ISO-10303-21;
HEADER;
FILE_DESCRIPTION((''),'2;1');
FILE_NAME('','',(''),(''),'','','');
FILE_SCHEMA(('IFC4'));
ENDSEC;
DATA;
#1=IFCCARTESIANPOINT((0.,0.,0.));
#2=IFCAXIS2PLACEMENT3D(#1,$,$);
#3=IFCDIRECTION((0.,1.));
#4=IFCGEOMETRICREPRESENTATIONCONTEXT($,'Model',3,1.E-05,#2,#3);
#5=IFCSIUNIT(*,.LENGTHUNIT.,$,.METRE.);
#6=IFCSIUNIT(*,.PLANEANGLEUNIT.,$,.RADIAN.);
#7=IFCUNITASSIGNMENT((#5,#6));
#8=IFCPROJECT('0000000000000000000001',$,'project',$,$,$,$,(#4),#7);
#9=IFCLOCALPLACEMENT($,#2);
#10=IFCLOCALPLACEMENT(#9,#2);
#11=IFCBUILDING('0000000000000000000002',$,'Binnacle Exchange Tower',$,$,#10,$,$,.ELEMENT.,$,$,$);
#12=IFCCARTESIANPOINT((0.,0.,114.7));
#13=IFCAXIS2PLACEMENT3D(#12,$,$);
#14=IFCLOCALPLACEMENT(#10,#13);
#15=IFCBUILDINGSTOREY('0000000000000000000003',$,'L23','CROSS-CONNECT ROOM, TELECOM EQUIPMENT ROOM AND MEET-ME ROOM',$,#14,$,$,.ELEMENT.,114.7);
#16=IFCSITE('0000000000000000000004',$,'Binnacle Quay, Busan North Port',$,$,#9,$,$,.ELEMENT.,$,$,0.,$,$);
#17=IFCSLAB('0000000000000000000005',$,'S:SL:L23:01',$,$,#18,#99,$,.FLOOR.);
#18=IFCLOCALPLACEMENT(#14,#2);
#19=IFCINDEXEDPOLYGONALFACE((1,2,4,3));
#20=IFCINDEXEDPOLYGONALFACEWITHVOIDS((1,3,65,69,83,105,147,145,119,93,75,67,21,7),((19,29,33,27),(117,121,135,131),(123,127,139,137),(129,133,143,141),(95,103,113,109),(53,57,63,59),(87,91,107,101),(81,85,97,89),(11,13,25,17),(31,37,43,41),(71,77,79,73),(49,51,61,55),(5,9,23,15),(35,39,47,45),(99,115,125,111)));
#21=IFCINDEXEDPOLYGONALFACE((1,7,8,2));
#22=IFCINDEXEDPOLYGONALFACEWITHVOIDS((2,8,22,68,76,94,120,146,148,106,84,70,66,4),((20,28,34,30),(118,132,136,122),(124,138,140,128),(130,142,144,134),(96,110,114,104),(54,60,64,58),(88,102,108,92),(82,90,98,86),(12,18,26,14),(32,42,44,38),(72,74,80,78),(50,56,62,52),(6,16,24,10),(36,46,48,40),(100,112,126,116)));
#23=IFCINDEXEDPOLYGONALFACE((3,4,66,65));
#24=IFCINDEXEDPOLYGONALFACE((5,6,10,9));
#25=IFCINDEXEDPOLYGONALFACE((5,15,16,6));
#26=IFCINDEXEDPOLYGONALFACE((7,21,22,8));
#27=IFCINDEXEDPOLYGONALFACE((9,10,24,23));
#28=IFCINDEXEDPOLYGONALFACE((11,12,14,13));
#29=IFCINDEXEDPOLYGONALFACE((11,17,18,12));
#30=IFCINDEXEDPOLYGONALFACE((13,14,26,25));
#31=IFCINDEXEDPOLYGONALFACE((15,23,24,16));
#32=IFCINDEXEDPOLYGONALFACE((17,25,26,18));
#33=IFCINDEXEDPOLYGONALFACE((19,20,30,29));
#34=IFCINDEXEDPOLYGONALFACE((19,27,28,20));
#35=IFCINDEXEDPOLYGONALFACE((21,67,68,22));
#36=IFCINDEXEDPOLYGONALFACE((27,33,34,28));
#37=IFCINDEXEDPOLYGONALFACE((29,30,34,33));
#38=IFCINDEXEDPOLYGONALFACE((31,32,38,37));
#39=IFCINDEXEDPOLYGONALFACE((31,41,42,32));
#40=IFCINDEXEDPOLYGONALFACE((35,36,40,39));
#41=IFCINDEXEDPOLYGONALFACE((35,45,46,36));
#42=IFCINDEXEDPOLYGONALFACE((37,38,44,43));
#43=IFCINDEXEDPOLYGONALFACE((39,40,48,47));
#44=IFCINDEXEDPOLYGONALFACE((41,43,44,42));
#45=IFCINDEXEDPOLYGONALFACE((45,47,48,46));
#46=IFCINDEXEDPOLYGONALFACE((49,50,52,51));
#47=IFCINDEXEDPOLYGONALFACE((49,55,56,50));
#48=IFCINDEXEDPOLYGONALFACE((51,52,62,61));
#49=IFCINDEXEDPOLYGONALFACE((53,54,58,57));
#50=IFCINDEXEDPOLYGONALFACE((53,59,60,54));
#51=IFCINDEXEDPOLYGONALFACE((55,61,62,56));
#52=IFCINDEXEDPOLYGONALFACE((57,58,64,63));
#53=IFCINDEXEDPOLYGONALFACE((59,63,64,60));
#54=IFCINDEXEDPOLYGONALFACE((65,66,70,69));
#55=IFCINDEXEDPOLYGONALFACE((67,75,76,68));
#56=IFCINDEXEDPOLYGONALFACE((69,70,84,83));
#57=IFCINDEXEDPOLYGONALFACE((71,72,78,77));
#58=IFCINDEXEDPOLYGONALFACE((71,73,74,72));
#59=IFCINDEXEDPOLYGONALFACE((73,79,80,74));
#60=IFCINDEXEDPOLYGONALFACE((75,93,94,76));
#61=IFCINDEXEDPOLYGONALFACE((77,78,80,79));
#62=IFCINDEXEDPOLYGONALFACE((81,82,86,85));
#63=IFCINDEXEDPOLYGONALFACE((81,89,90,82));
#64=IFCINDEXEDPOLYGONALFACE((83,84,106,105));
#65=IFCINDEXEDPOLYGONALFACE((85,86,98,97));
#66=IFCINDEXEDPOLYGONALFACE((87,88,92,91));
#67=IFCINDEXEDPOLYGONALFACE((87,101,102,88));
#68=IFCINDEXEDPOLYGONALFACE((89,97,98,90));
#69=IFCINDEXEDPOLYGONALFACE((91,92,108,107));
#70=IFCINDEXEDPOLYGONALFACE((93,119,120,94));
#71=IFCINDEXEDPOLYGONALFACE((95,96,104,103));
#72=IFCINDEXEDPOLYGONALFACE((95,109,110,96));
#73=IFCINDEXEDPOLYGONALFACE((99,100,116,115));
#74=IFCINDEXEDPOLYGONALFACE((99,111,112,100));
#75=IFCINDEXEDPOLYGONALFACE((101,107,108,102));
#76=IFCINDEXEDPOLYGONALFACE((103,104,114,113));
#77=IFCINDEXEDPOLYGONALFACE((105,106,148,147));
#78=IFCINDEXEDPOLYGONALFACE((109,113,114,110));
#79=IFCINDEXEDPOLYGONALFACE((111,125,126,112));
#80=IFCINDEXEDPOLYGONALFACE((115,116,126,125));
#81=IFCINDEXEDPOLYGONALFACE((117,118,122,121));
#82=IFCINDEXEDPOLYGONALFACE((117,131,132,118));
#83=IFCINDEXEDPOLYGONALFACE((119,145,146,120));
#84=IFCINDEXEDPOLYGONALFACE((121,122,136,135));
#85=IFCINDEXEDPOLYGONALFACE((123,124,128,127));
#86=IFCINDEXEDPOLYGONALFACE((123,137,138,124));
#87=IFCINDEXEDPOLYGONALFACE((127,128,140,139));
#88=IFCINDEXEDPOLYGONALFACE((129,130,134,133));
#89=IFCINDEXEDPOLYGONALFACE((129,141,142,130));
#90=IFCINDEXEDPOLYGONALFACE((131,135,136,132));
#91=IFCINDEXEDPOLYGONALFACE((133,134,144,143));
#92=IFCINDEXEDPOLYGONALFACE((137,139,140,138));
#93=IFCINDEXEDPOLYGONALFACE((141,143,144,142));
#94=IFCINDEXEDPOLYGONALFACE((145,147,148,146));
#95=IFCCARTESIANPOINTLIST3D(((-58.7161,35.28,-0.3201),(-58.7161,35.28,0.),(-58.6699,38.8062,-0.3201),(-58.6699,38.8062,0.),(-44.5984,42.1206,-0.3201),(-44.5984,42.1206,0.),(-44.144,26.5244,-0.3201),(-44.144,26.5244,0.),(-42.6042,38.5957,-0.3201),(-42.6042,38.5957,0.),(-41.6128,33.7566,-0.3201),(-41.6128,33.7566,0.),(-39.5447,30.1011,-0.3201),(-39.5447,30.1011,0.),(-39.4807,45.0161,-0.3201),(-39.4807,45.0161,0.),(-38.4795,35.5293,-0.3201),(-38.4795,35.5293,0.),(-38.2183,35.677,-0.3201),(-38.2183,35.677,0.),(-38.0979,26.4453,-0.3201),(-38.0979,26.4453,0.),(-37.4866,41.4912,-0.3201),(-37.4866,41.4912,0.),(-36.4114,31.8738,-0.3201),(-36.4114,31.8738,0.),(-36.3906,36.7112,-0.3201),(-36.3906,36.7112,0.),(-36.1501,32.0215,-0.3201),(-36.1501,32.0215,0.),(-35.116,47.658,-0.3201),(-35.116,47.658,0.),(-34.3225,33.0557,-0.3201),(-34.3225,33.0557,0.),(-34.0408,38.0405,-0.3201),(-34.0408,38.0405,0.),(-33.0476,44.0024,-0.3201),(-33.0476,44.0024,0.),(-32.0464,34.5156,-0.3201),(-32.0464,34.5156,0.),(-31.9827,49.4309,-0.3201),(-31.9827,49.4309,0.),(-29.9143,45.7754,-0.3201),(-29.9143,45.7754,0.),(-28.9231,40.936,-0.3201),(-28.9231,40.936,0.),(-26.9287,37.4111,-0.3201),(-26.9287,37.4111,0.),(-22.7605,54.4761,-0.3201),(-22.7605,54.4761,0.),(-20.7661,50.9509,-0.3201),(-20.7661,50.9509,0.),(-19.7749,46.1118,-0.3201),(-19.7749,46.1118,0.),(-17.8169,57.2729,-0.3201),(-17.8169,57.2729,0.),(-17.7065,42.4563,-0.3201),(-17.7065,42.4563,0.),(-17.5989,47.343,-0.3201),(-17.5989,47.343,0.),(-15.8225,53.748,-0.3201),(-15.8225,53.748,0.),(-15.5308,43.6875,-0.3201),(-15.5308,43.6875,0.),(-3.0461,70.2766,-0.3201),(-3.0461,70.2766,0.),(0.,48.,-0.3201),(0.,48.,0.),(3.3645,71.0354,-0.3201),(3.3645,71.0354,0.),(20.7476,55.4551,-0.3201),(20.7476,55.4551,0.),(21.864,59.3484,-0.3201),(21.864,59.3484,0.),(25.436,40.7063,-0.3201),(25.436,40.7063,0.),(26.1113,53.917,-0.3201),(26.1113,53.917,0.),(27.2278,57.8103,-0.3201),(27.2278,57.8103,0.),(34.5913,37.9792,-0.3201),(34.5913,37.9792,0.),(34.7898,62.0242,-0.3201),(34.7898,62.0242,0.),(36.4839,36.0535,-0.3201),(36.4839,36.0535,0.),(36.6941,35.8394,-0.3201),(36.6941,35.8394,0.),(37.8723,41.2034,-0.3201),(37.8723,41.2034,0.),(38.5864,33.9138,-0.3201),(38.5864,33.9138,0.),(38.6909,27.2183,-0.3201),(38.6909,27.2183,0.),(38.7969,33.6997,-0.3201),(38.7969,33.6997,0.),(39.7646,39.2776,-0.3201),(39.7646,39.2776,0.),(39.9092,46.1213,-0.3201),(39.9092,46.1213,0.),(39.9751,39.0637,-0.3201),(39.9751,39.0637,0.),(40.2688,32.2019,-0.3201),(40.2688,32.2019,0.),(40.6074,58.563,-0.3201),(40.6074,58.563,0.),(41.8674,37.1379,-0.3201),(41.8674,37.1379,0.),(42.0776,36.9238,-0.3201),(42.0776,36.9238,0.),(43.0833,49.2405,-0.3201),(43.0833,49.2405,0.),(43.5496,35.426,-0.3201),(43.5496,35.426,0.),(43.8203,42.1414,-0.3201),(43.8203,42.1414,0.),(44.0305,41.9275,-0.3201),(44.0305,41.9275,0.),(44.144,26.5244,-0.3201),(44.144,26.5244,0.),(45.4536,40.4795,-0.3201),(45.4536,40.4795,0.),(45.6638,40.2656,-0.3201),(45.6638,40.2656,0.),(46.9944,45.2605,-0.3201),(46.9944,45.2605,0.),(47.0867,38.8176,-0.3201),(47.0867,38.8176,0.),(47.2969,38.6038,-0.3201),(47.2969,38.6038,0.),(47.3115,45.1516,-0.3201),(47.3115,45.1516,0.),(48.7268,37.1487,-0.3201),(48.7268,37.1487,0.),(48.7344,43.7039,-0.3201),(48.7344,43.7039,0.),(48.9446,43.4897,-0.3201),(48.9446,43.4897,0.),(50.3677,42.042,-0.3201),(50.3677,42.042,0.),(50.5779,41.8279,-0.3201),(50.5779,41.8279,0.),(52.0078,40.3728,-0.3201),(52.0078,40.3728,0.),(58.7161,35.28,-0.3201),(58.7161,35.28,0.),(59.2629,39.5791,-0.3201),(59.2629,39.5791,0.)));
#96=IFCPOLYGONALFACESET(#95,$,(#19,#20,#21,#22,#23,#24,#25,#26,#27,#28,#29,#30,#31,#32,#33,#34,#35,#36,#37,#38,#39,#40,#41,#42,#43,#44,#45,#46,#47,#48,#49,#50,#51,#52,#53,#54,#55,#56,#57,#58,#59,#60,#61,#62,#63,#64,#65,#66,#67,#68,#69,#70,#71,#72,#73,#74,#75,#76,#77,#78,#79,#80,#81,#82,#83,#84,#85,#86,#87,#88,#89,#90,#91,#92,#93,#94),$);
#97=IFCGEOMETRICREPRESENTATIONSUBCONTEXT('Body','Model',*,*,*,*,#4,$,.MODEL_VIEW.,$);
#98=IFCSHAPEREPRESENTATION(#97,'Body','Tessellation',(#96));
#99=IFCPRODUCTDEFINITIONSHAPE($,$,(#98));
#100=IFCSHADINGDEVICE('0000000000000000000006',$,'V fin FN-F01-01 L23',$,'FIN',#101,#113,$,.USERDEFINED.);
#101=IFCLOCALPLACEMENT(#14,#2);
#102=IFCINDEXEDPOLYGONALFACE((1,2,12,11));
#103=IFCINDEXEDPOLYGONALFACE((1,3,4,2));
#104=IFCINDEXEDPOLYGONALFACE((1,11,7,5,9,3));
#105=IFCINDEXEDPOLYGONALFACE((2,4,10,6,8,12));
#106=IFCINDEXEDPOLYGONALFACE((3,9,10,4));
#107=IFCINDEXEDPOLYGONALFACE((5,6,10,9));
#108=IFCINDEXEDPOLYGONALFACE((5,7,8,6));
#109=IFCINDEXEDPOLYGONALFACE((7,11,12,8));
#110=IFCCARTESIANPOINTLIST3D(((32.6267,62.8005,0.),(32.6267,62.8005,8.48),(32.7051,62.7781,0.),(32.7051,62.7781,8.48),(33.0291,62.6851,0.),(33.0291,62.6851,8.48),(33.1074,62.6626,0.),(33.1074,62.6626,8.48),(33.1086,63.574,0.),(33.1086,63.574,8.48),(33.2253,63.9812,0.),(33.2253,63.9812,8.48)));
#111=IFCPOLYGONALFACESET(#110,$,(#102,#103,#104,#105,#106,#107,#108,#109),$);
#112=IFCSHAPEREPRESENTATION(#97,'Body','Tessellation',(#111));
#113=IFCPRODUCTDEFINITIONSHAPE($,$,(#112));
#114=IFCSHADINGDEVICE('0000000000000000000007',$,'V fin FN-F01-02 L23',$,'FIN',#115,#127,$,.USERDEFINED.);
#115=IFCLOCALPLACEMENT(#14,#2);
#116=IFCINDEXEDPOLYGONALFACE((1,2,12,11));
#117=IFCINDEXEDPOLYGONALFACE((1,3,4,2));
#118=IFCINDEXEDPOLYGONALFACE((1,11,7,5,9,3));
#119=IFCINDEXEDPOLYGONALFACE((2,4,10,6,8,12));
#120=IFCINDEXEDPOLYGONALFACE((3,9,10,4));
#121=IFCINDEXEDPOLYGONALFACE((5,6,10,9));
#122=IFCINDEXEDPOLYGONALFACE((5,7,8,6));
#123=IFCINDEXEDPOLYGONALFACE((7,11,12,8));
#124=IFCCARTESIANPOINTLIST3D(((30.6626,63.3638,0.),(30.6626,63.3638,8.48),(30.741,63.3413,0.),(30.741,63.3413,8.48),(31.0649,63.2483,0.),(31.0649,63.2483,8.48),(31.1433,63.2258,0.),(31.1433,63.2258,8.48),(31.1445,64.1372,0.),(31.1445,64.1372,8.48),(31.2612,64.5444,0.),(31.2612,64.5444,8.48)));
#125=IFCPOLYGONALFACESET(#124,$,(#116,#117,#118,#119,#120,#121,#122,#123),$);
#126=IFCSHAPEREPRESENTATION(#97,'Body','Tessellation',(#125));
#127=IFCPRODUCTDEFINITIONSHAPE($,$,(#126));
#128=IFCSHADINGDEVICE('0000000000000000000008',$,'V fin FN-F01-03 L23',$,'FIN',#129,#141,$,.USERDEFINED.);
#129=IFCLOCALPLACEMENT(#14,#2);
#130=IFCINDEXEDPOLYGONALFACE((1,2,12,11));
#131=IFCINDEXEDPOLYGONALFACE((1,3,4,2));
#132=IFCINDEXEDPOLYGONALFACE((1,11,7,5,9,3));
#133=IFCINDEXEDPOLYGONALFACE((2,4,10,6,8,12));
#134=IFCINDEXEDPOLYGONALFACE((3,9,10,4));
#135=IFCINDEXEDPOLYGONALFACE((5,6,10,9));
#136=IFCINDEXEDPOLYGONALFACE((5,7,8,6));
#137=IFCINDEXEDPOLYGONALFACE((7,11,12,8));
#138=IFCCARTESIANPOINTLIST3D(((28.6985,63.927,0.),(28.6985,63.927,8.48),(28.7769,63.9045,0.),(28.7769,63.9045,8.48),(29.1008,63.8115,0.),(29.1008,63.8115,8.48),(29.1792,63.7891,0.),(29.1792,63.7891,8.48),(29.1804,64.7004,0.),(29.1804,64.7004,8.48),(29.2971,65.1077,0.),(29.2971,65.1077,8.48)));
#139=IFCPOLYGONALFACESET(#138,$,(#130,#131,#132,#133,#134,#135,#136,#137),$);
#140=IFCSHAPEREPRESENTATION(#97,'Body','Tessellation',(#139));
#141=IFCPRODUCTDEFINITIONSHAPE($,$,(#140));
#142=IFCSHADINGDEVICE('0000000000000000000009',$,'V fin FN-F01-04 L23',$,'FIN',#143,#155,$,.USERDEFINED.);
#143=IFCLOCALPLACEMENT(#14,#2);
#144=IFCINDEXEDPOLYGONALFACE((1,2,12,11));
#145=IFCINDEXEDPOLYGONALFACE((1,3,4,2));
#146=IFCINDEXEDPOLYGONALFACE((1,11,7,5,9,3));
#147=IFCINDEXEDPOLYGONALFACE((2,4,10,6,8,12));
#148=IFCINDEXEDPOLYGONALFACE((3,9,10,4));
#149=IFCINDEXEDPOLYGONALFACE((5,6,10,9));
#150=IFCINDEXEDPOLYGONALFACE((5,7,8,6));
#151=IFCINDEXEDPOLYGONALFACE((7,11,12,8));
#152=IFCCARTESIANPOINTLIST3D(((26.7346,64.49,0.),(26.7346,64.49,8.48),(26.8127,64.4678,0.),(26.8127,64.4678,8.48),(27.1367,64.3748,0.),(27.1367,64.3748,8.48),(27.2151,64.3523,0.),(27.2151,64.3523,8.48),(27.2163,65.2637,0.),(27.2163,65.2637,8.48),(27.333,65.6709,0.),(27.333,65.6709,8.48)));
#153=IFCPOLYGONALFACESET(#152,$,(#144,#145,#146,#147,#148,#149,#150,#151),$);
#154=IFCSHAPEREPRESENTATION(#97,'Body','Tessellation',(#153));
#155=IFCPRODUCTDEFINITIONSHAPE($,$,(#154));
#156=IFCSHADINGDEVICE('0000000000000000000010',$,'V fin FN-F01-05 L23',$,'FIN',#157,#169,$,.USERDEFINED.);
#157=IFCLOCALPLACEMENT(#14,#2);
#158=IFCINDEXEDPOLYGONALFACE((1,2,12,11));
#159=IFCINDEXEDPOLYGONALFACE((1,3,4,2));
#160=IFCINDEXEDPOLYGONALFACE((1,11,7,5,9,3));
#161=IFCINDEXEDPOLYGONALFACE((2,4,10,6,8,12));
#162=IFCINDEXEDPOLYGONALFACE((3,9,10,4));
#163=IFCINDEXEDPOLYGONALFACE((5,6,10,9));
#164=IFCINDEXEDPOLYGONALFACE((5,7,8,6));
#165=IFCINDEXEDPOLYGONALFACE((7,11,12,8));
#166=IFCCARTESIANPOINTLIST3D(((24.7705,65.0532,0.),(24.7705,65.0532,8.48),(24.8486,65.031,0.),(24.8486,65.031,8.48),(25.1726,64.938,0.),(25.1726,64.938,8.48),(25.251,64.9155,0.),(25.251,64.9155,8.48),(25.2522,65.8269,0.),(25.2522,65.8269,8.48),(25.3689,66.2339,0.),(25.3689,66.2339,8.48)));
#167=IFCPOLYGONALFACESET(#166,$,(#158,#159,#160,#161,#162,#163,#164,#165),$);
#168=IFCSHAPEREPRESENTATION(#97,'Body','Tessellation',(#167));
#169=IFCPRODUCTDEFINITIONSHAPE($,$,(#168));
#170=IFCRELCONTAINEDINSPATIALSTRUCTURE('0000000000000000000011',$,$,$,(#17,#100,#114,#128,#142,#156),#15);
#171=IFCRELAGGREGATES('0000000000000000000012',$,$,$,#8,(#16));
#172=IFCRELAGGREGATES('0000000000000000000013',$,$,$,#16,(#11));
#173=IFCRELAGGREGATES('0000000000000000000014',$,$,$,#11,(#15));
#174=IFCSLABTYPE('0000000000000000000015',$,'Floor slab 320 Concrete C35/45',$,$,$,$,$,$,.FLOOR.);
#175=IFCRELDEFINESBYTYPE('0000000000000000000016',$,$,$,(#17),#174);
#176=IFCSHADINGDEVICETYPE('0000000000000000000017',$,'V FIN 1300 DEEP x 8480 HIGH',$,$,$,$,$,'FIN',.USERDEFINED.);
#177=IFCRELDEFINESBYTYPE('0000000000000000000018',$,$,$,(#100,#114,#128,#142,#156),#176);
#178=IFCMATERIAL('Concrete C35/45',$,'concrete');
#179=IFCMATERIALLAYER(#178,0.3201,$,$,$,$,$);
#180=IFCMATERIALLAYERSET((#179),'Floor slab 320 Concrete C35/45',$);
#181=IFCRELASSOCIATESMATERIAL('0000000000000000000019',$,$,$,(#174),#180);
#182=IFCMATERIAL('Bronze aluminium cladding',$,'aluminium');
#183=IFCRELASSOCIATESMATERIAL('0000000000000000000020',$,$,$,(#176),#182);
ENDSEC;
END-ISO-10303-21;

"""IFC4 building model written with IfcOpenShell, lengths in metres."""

from ifc_helpers import new_model, si_unit, direction, frame, origin, place, context, subcontext, project, spatial, polyline, outline, extrude, material, layer, layer_set, type_object, element, save


model = new_model("IFC4")

# Units and contexts
model_context = context("Model", 3, precision=1e-05, world=origin(), true_north=direction((0.0, 1.0)))
body_context = subcontext(model_context, "Body", "Model", "MODEL_VIEW")
ifc_project = project(units=[si_unit("LENGTHUNIT", "METRE"), si_unit("PLANEANGLEUNIT", "RADIAN")], contexts=[model_context])

# Site, building, storey
site_placement = place(None, origin())
site = spatial("IfcSite", under=ifc_project, at=site_placement, Name="Binnacle Quay, Busan North Port", CompositionType="ELEMENT", RefElevation=0.0)
building_placement = place(site_placement, origin())
building = spatial("IfcBuilding", under=site, at=building_placement, Name="Binnacle Exchange Tower", CompositionType="ELEMENT")
storey_placement = place(building_placement, frame((0.0, 0.0, 114.7)))
storey = spatial("IfcBuildingStorey", under=building, at=storey_placement, Name="L23", Description="CROSS-CONNECT ROOM, TELECOM EQUIPMENT ROOM AND MEET-ME ROOM", CompositionType="ELEMENT", Elevation=114.7)

# Slab
ifc_material_1 = material(Name="Concrete C35/45", Category="concrete")
ifc_layer = layer(ifc_material_1, 0.3201)
ifc_layer_set = layer_set([ifc_layer], Name="Floor slab 320 Concrete C35/45")
slab_type = type_object("IfcSlabType", Name="Floor slab 320 Concrete C35/45", PredefinedType="FLOOR", material=ifc_layer_set)
slab_placement = place(storey_placement, frame((0.0, 0.0, -0.3201)))
element("IfcSlab", 1, at=slab_placement, inside=storey, type_object=slab_type, Name="S:SL:L23:01", PredefinedType="FLOOR", context=body_context, shape_type="SweptSolid", body=[
    extrude(outline(polyline([(59.2629, 39.5791), (58.7161, 35.28), (44.144, 26.5244), (38.6909, 27.2183), (25.436, 40.7063), (0.0, 48.0), (-38.0979, 26.4453), (-44.144, 26.5244), (-58.7161, 35.28), (-58.6699, 38.8062), (-3.0461, 70.2766), (3.3645, 71.0354), (34.7898, 62.0242), (40.6074, 58.563), (59.2629, 39.5791)]), holes=[polyline([(-38.4795, 35.5293), (-41.6128, 33.7566), (-39.5447, 30.1011), (-36.4114, 31.8738), (-38.4795, 35.5293)]), polyline([(-34.3225, 33.0557), (-36.3906, 36.7112), (-38.2183, 35.677), (-36.1501, 32.0215), (-34.3225, 33.0557)]), polyline([(-34.0408, 38.0405), (-32.0464, 34.5156), (-26.9287, 37.4111), (-28.9231, 40.936), (-34.0408, 38.0405)]), polyline([(-37.4866, 41.4912), (-39.4807, 45.0161), (-44.5984, 42.1206), (-42.6042, 38.5957), (-37.4866, 41.4912)]), polyline([(-15.5308, 43.6875), (-17.5989, 47.343), (-19.7749, 46.1118), (-17.7065, 42.4563), (-15.5308, 43.6875)]), polyline([(-29.9143, 45.7754), (-31.9827, 49.4309), (-35.116, 47.658), (-33.0476, 44.0024), (-29.9143, 45.7754)]), polyline([(-15.8225, 53.748), (-17.8169, 57.2729), (-22.7605, 54.4761), (-20.7661, 50.9509), (-15.8225, 53.748)]), polyline([(26.1113, 53.917), (27.2278, 57.8103), (21.864, 59.3484), (20.7476, 55.4551), (26.1113, 53.917)]), polyline([(40.2688, 32.2019), (43.5496, 35.426), (42.0776, 36.9238), (38.7969, 33.6997), (40.2688, 32.2019)]), polyline([(38.5864, 33.9138), (41.8674, 37.1379), (39.9751, 39.0637), (36.6941, 35.8394), (38.5864, 33.9138)]), polyline([(36.4839, 36.0535), (39.7646, 39.2776), (37.8723, 41.2034), (34.5913, 37.9792), (36.4839, 36.0535)]), polyline([(48.7268, 37.1487), (52.0078, 40.3728), (50.5779, 41.8279), (47.2969, 38.6038), (48.7268, 37.1487)]), polyline([(47.0867, 38.8176), (50.3677, 42.042), (48.9446, 43.4897), (45.6638, 40.2656), (47.0867, 38.8176)]), polyline([(45.4536, 40.4795), (48.7344, 43.7039), (47.3115, 45.1516), (44.0305, 41.9275), (45.4536, 40.4795)]), polyline([(43.8203, 42.1414), (46.9944, 45.2605), (43.0833, 49.2405), (39.9092, 46.1213), (43.8203, 42.1414)])]), origin(), (0.0, 0.0, 1.0), 0.3201),
])

# Shading devices
ifc_material_2 = material(Name="Bronze aluminium cladding", Category="aluminium")
shading_device_type = type_object("IfcShadingDeviceType", Name="V FIN 1300 DEEP x 8480 HIGH", ElementType="FIN", PredefinedType="USERDEFINED", material=ifc_material_2)
shading_device_1_placement = place(storey_placement, origin())
element("IfcShadingDevice", 2, at=shading_device_1_placement, inside=storey, type_object=shading_device_type, Name="V fin FN-F01-01 L23", ObjectType="FIN", PredefinedType="USERDEFINED", context=body_context, shape_type="SweptSolid", body=[
    extrude(outline(polyline([(33.1074, 62.6626), (33.2253, 63.9812), (32.6267, 62.8005), (32.7051, 62.7781), (33.1086, 63.574), (33.0291, 62.6851), (33.1074, 62.6626)])), origin(), (0.0, 0.0, 1.0), 8.48),
])
shading_device_2_placement = place(storey_placement, origin())
element("IfcShadingDevice", 3, at=shading_device_2_placement, inside=storey, type_object=shading_device_type, Name="V fin FN-F01-02 L23", ObjectType="FIN", PredefinedType="USERDEFINED", context=body_context, shape_type="SweptSolid", body=[
    extrude(outline(polyline([(31.1433, 63.2258), (31.2612, 64.5444), (30.6626, 63.3638), (30.741, 63.3413), (31.1445, 64.1372), (31.0649, 63.2483), (31.1433, 63.2258)])), origin(), (0.0, 0.0, 1.0), 8.48),
])
shading_device_3_placement = place(storey_placement, origin())
element("IfcShadingDevice", 4, at=shading_device_3_placement, inside=storey, type_object=shading_device_type, Name="V fin FN-F01-03 L23", ObjectType="FIN", PredefinedType="USERDEFINED", context=body_context, shape_type="SweptSolid", body=[
    extrude(outline(polyline([(29.1792, 63.7891), (29.2971, 65.1077), (28.6985, 63.927), (28.7769, 63.9045), (29.1804, 64.7004), (29.1008, 63.8115), (29.1792, 63.7891)])), origin(), (0.0, 0.0, 1.0), 8.48),
])
shading_device_4_placement = place(storey_placement, origin())
element("IfcShadingDevice", 5, at=shading_device_4_placement, inside=storey, type_object=shading_device_type, Name="V fin FN-F01-04 L23", ObjectType="FIN", PredefinedType="USERDEFINED", context=body_context, shape_type="SweptSolid", body=[
    extrude(outline(polyline([(27.2151, 64.3523), (27.333, 65.6709), (26.7346, 64.49), (26.8127, 64.4678), (27.2163, 65.2637), (27.1367, 64.3748), (27.2151, 64.3523)])), origin(), (0.0, 0.0, 1.0), 8.48),
])
shading_device_5_placement = place(storey_placement, origin())
element("IfcShadingDevice", 6, at=shading_device_5_placement, inside=storey, type_object=shading_device_type, Name="V fin FN-F01-05 L23", ObjectType="FIN", PredefinedType="USERDEFINED", context=body_context, shape_type="SweptSolid", body=[
    extrude(outline(polyline([(25.251, 64.9155), (25.3689, 66.2339), (24.7705, 65.0532), (24.8486, 65.031), (25.2522, 65.8269), (25.1726, 64.938), (25.251, 64.9155)])), origin(), (0.0, 0.0, 1.0), 8.48),
])

save(model, "model.ifc")
